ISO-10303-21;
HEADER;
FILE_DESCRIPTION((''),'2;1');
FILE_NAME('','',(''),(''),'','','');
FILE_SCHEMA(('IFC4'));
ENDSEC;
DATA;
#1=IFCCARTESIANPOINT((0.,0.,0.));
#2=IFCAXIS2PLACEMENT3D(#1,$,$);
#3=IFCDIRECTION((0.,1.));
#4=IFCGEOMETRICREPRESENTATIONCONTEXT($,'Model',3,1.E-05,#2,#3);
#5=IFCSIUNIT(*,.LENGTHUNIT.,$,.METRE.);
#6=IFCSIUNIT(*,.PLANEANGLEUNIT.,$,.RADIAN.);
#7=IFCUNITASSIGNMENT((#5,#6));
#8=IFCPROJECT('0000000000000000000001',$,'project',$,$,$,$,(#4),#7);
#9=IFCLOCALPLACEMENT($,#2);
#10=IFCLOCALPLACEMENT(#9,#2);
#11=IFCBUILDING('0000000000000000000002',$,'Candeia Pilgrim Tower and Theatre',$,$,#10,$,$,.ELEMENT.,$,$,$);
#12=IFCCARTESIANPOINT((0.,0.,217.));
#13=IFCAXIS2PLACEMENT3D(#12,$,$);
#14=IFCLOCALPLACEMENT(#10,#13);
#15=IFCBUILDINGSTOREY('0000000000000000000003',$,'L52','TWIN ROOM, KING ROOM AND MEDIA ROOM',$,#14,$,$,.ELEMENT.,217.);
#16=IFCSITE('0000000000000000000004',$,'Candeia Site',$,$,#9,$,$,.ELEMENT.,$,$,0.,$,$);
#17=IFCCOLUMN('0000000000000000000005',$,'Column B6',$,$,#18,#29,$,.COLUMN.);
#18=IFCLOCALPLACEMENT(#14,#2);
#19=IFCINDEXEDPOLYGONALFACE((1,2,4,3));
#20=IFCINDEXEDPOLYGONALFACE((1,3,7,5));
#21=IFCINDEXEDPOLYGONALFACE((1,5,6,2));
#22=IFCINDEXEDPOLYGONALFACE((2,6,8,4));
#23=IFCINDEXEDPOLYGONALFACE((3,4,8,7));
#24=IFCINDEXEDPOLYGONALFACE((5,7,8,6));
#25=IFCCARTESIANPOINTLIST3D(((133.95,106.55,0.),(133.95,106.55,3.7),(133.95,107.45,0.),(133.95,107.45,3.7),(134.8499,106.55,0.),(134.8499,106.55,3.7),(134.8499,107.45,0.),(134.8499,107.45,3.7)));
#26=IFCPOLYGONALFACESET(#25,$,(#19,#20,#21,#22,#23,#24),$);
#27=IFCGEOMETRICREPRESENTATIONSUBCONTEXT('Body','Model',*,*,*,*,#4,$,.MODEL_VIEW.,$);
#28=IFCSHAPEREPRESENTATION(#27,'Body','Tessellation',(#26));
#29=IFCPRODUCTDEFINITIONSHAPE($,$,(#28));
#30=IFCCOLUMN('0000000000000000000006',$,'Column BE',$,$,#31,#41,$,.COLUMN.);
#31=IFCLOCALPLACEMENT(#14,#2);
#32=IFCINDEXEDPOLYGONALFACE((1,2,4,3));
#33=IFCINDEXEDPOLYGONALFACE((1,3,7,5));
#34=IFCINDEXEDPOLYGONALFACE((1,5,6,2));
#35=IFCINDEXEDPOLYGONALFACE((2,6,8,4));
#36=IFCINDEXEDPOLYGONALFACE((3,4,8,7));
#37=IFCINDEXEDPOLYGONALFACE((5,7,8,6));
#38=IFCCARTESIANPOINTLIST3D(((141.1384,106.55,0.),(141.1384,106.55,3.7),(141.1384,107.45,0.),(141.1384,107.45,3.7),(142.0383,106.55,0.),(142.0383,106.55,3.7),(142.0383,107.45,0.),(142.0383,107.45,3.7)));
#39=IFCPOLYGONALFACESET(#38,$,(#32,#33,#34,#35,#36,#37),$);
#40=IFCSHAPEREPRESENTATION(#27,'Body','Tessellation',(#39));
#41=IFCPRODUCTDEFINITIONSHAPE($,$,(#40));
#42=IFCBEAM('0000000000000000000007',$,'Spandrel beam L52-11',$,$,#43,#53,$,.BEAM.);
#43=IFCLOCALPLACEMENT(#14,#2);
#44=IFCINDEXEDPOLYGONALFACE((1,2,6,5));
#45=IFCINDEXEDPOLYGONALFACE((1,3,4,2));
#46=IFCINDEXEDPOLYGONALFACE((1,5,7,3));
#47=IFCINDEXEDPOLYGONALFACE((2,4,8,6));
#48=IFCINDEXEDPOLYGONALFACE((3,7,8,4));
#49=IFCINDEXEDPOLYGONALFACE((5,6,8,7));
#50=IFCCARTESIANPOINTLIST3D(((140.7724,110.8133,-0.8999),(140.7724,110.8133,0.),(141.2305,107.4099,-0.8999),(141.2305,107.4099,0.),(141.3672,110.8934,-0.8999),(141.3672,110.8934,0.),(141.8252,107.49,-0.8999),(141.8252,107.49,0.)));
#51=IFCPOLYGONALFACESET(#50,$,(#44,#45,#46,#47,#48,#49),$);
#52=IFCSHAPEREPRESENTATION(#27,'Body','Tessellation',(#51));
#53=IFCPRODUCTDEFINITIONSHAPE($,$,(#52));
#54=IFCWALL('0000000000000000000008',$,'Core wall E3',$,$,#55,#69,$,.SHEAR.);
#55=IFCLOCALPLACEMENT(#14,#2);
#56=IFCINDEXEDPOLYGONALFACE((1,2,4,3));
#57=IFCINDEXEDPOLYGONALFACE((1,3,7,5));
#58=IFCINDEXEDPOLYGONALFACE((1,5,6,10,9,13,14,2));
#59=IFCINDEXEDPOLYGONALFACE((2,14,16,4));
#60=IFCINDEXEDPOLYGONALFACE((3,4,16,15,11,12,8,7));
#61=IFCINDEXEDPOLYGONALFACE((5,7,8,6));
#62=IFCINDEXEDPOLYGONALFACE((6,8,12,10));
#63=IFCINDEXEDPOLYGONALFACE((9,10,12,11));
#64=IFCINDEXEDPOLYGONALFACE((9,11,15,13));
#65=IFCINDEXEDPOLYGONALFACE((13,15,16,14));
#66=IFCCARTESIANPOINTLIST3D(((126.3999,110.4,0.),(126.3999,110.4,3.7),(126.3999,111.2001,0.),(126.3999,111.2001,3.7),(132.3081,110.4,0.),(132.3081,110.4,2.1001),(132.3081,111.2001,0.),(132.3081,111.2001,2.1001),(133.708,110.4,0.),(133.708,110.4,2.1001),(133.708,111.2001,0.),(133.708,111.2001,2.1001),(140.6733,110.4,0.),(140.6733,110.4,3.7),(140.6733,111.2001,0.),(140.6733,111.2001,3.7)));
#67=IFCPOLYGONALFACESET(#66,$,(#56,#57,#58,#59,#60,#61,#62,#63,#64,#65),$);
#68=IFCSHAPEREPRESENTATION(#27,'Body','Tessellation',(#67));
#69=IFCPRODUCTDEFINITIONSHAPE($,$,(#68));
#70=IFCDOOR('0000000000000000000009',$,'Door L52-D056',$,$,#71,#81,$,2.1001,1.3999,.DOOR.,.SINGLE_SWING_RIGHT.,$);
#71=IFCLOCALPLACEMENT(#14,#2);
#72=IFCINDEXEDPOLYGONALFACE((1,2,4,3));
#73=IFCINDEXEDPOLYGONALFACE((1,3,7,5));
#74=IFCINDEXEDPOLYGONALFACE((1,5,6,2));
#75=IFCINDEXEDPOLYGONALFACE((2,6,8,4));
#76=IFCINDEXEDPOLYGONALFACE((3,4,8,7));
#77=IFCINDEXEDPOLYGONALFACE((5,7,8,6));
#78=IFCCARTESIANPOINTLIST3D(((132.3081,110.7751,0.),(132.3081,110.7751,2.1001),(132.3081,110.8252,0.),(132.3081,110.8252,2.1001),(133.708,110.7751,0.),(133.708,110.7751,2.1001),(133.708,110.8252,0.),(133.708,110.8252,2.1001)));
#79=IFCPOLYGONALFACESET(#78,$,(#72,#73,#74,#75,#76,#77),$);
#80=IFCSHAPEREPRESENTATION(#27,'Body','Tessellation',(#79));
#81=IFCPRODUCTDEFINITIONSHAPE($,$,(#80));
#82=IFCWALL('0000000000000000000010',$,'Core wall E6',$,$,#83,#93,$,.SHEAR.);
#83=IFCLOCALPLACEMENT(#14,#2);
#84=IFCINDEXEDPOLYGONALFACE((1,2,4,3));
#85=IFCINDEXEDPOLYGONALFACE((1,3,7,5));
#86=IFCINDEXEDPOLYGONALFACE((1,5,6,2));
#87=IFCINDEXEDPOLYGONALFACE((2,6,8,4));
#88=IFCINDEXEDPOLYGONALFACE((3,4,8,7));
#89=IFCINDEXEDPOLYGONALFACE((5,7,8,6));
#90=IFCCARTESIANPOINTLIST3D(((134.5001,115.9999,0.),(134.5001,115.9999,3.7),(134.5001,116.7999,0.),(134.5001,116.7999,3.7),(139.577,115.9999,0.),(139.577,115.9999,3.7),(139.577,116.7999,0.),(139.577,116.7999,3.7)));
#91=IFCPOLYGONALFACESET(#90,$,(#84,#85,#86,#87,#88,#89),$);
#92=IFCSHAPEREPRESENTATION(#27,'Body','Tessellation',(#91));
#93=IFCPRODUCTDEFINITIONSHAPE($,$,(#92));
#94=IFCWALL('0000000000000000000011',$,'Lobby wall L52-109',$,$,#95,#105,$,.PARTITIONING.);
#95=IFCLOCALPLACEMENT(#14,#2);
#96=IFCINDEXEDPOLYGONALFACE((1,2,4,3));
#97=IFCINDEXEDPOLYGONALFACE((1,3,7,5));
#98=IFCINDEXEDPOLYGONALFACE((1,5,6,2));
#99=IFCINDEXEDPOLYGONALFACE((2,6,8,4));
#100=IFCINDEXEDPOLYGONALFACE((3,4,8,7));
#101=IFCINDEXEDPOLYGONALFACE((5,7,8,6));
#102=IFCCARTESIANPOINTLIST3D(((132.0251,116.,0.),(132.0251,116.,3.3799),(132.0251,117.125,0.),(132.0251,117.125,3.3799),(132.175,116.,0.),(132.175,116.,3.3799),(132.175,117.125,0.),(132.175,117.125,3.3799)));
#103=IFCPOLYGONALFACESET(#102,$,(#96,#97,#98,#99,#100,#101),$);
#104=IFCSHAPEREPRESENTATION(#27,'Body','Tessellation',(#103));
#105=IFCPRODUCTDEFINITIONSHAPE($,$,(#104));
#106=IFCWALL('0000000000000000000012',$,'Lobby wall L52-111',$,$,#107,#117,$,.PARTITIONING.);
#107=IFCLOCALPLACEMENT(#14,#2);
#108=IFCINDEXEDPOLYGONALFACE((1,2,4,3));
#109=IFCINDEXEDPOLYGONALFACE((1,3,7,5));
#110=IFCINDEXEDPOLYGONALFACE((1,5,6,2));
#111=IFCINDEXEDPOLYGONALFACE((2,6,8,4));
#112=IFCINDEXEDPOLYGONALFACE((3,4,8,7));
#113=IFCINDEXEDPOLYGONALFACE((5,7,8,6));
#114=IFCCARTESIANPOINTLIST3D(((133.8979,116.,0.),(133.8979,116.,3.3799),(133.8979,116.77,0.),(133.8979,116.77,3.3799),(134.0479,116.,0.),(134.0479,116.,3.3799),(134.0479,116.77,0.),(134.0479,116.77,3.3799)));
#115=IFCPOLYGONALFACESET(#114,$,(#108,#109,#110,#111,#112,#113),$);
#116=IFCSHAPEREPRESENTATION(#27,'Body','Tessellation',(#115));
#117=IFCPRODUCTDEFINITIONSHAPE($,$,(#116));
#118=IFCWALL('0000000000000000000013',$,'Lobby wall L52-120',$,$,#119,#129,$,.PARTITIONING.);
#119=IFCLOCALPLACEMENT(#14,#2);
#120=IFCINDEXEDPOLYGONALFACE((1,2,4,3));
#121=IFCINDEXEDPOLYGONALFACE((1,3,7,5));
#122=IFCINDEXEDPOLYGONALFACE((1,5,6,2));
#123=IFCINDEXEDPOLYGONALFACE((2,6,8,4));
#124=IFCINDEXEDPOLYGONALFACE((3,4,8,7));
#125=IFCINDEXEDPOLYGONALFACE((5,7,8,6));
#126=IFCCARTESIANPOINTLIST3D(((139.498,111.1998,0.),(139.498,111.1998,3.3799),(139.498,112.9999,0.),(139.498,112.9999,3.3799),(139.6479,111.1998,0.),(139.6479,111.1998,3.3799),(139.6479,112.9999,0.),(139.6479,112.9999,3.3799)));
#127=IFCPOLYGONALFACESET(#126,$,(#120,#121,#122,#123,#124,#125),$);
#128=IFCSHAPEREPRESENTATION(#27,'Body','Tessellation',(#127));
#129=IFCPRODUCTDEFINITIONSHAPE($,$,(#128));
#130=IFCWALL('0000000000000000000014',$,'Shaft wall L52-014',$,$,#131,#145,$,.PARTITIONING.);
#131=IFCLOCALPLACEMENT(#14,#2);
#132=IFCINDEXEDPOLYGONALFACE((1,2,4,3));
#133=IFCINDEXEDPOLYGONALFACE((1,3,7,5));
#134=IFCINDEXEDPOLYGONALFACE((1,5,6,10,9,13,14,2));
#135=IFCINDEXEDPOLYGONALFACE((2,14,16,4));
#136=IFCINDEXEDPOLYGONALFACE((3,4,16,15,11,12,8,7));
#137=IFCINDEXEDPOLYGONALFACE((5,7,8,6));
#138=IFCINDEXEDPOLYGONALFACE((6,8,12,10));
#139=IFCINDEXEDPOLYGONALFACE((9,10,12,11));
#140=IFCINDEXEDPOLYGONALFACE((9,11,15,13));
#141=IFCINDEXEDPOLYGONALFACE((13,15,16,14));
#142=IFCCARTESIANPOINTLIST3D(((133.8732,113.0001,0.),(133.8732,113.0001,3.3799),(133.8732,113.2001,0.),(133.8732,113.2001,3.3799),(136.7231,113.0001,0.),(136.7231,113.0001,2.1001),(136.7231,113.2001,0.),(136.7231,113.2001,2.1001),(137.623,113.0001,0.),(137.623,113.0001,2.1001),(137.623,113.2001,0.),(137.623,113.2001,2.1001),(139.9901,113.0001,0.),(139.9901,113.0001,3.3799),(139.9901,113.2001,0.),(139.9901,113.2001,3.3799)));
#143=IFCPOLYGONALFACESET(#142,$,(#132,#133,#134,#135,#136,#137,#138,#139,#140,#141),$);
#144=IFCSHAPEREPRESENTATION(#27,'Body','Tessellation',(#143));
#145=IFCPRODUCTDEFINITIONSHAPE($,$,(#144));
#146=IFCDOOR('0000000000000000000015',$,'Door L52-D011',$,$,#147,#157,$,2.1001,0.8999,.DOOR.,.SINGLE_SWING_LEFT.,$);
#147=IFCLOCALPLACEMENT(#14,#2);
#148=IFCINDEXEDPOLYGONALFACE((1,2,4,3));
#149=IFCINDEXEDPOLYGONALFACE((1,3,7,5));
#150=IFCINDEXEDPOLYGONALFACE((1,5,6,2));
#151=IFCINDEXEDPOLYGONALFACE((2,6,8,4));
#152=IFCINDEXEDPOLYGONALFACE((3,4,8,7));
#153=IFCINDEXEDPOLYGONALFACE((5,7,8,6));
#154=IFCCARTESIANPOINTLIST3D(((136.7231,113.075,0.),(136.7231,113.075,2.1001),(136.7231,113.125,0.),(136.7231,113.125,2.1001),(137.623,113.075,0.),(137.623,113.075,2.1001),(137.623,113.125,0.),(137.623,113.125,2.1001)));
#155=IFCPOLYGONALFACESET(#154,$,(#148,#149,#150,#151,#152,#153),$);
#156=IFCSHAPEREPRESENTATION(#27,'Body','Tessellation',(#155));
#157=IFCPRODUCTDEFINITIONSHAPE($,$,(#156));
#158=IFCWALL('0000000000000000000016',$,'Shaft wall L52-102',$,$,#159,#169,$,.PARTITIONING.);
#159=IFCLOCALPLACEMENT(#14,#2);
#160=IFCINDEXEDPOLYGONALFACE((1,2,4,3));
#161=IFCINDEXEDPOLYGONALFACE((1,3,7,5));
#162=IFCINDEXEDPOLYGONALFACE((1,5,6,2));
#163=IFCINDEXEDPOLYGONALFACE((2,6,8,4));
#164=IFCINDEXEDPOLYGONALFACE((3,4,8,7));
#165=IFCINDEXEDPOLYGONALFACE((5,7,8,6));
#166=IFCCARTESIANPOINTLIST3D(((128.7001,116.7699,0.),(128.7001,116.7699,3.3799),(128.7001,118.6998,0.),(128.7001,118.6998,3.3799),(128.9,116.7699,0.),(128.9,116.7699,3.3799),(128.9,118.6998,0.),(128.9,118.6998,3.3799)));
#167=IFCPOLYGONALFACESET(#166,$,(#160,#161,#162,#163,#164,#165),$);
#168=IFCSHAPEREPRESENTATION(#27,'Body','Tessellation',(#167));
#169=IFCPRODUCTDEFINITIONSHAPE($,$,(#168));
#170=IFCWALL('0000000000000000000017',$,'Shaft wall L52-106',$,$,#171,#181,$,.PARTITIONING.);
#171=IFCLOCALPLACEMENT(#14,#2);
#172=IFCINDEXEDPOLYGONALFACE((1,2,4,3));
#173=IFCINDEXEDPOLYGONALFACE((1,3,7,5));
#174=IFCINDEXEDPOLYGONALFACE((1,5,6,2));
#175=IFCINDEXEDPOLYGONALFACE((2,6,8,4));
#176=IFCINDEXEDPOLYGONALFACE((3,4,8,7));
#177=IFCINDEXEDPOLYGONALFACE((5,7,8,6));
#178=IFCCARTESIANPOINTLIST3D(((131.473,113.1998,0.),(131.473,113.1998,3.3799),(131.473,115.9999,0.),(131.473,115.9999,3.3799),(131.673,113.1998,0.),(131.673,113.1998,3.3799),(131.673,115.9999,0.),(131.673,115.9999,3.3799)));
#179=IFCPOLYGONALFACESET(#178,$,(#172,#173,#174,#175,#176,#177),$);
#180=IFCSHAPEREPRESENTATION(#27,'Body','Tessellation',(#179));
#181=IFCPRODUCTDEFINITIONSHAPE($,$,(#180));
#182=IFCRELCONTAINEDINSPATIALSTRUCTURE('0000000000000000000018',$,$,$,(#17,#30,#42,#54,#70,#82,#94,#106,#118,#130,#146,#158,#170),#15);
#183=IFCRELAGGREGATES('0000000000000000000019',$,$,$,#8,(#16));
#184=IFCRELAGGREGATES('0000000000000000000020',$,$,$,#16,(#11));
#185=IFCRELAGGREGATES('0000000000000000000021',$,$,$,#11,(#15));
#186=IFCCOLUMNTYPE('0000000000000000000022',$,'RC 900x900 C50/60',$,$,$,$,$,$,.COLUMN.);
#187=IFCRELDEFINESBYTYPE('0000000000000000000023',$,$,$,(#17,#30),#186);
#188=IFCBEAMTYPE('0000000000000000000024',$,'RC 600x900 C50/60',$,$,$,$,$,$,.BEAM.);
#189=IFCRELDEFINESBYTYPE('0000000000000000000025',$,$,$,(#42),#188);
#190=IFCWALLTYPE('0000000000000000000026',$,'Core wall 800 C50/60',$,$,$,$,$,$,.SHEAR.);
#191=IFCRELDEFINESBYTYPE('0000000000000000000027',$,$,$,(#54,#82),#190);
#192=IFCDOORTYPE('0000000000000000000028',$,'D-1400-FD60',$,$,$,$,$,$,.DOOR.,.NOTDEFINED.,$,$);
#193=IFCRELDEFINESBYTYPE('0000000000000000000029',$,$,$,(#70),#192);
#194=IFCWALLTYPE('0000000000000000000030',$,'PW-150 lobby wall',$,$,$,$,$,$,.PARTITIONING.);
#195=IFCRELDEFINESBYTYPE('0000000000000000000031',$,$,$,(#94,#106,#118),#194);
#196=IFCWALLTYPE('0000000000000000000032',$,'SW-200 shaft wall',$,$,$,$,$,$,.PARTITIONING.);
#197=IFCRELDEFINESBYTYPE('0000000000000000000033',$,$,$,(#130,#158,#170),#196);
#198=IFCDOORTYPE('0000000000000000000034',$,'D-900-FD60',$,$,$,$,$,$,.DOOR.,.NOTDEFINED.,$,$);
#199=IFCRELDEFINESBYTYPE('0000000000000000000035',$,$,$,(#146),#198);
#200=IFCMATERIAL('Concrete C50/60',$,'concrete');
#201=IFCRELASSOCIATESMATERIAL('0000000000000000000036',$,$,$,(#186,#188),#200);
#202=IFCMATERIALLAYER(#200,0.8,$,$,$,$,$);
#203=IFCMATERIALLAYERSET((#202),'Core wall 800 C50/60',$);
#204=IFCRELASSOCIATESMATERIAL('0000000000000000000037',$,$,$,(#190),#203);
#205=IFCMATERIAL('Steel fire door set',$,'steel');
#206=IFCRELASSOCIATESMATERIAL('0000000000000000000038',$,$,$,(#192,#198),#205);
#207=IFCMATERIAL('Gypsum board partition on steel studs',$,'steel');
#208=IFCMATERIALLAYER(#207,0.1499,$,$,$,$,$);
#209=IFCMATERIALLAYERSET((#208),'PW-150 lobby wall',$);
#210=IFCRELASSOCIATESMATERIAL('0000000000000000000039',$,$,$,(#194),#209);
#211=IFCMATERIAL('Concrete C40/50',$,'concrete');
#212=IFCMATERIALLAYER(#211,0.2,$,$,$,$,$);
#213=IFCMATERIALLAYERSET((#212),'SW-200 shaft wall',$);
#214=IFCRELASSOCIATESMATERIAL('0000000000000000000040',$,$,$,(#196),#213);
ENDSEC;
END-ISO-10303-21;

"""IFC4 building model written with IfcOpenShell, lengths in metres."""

from ifc_helpers import new_model, si_unit, direction, frame, frame_2d, origin, origin_2d, place, context, subcontext, project, spatial, rectangle, extrude, material, layer, layer_set, material_profile, profile_set, type_object, element, fill, save


model = new_model("IFC4")

# Units and contexts
model_context = context("Model", 3, precision=1e-05, world=origin(), true_north=direction((0.0, 1.0)))
body_context = subcontext(model_context, "Body", "Model", "MODEL_VIEW")
ifc_project = project(units=[si_unit("LENGTHUNIT", "METRE"), si_unit("PLANEANGLEUNIT", "RADIAN")], contexts=[model_context])

# Site, building, storey
site_placement = place(None, origin())
site = spatial("IfcSite", under=ifc_project, at=site_placement, Name="Candeia Site", CompositionType="ELEMENT", RefElevation=0.0)
building_placement = place(site_placement, origin())
building = spatial("IfcBuilding", under=site, at=building_placement, Name="Candeia Pilgrim Tower and Theatre", CompositionType="ELEMENT")
storey_placement = place(building_placement, frame((0.0, 0.0, 217.0)))
storey = spatial("IfcBuildingStorey", under=building, at=storey_placement, Name="L52", Description="TWIN ROOM, KING ROOM AND MEDIA ROOM", CompositionType="ELEMENT", Elevation=217.0)

# Columns
ifc_material_1 = material(Name="Concrete C50/60", Category="concrete")
ifc_material_profile_1 = material_profile(ifc_material_1, rectangle(XDim=0.8999, YDim=0.8999, at=origin_2d()))
ifc_profile_set_1 = profile_set([ifc_material_profile_1], Name="Concrete C50/60")
column_type = type_object("IfcColumnType", Name="RC 900x900 C50/60", PredefinedType="COLUMN", material=ifc_profile_set_1)
for number, where, z_axis, x_axis, name in (
    (1, (134.3999, 107.0, 0.0), (0.0, 0.0, 1.0), (1.0, 0.0, 0.0), "Column B6"),
    (2, (141.5884, 107.0, 0.0), (0.0, 0.0, 1.0), (1.0, 0.0, 0.0), "Column BE"),
):
    element("IfcColumn", number, at=place(storey_placement, frame(where, z_axis=z_axis, x_axis=x_axis)), inside=storey, type_object=column_type, Name=name, PredefinedType="COLUMN", context=body_context, shape_type="SweptSolid", body=[
        extrude(rectangle(XDim=0.8999, YDim=0.8999, at=origin_2d()), origin(), (0.0, 0.0, 1.0), 3.7),
    ])

# Beam
ifc_material_profile_2 = material_profile(ifc_material_1, rectangle(XDim=0.6001, YDim=0.8999, at=origin_2d()))
ifc_profile_set_2 = profile_set([ifc_material_profile_2], Name="Concrete C50/60")
beam_type = type_object("IfcBeamType", Name="RC 600x900 C50/60", PredefinedType="BEAM", material=ifc_profile_set_2)
beam_placement = place(storey_placement, frame((141.5278, 107.45, -0.45), z_axis=(-0.133374, 0.991066, 0.0), x_axis=(-0.991066, -0.133374, 0.0)))
element("IfcBeam", 3, at=beam_placement, inside=storey, type_object=beam_type, Name="Spandrel beam L52-11", PredefinedType="BEAM", context=body_context, shape_type="SweptSolid", body=[
    extrude(rectangle(XDim=0.6001, YDim=0.8999, at=origin_2d()), origin(), (0.0, 0.0, 1.0), 3.4341),
])

# Wall, opening, door
ifc_layer_1 = layer(ifc_material_1, 0.8)
ifc_layer_set_1 = layer_set([ifc_layer_1], Name="Core wall 800 C50/60")
wall_type_1 = type_object("IfcWallType", Name="Core wall 800 C50/60", PredefinedType="SHEAR", material=ifc_layer_set_1)
wall_1_placement = place(storey_placement, frame((140.6733, 110.8, 0.0), z_axis=(0.0, 0.0, 1.0), x_axis=(-1.0, 0.0, 0.0)))
wall_1 = element("IfcWall", 4, at=wall_1_placement, inside=storey, type_object=wall_type_1, Name="Core wall E3", PredefinedType="SHEAR", context=body_context, shape_type="SweptSolid", body=[
    extrude(rectangle(XDim=14.2734, YDim=0.8, at=frame_2d((7.1367, 0.0))), origin(), (0.0, 0.0, 1.0), 3.7),
])
opening_1_placement = place(wall_1_placement, frame((6.9653, 0.0, 0.0)))
opening_1 = element("IfcOpeningElement", 5, at=opening_1_placement, cuts=wall_1, PredefinedType="OPENING", context=body_context, shape_type="SweptSolid", body=[
    extrude(rectangle(XDim=1.3999, YDim=2.1001, at=frame_2d((0.7, 1.05))), frame((0.0, 0.4102, 0.0), z_axis=(0.0, -1.0, 0.0), x_axis=(1.0, 0.0, 0.0)), (0.0, 0.0, 1.0), 0.8201),
])
ifc_material_2 = material(Name="Steel fire door set", Category="steel")
door_type_1 = type_object("IfcDoorType", Name="D-1400-FD60", OperationType="NOTDEFINED", PredefinedType="DOOR", material=ifc_material_2)
door_1_placement = place(opening_1_placement, origin())
door_1 = element("IfcDoor", 6, at=door_1_placement, inside=storey, type_object=door_type_1, Name="Door L52-D056", OperationType="SINGLE_SWING_RIGHT", OverallHeight=2.1001, OverallWidth=1.3999, PredefinedType="DOOR", context=body_context, shape_type="SweptSolid", body=[
    extrude(rectangle(XDim=1.3999, YDim=2.1001, at=frame_2d((0.7, 1.05))), frame((0.0, 0.0249, 0.0), z_axis=(0.0, -1.0, 0.0), x_axis=(1.0, 0.0, 0.0)), (0.0, 0.0, 1.0), 0.05),
])
fill(opening_1, door_1)

# Walls
wall_2_placement = place(storey_placement, frame((134.5, 116.3999, 0.0), z_axis=(0.0, 0.0, 1.0), x_axis=(1.0, 0.0, 0.0)))
element("IfcWall", 7, at=wall_2_placement, inside=storey, type_object=wall_type_1, Name="Core wall E6", PredefinedType="SHEAR", context=body_context, shape_type="SweptSolid", body=[
    extrude(rectangle(XDim=5.0769, YDim=0.8, at=frame_2d((2.5386, 0.0))), origin(), (0.0, 0.0, 1.0), 3.7),
])
ifc_material_3 = material(Name="Gypsum board partition on steel studs", Category="steel")
ifc_layer_2 = layer(ifc_material_3, 0.1499)
ifc_layer_set_2 = layer_set([ifc_layer_2], Name="PW-150 lobby wall")
wall_type_2 = type_object("IfcWallType", Name="PW-150 lobby wall", PredefinedType="PARTITIONING", material=ifc_layer_set_2)
wall_3_placement = place(storey_placement, frame((132.1001, 116.0, 0.0), z_axis=(0.0, 0.0, 1.0), x_axis=(0.0, 1.0, 0.0)))
element("IfcWall", 8, at=wall_3_placement, inside=storey, type_object=wall_type_2, Name="Lobby wall L52-109", PredefinedType="PARTITIONING", context=body_context, shape_type="SweptSolid", body=[
    extrude(rectangle(XDim=1.125, YDim=0.1499, at=frame_2d((0.5625, 0.0))), origin(), (0.0, 0.0, 1.0), 3.3799),
])
wall_4_placement = place(storey_placement, frame((133.9729, 116.0, 0.0), z_axis=(0.0, 0.0, 1.0), x_axis=(0.0, 1.0, 0.0)))
element("IfcWall", 9, at=wall_4_placement, inside=storey, type_object=wall_type_2, Name="Lobby wall L52-111", PredefinedType="PARTITIONING", context=body_context, shape_type="SweptSolid", body=[
    extrude(rectangle(XDim=0.77, YDim=0.1499, at=frame_2d((0.385, 0.0))), origin(), (0.0, 0.0, 1.0), 3.3799),
])
wall_5_placement = place(storey_placement, frame((139.573, 111.2, 0.0), z_axis=(0.0, 0.0, 1.0), x_axis=(0.0, 1.0, 0.0)))
element("IfcWall", 10, at=wall_5_placement, inside=storey, type_object=wall_type_2, Name="Lobby wall L52-120", PredefinedType="PARTITIONING", context=body_context, shape_type="SweptSolid", body=[
    extrude(rectangle(XDim=1.8, YDim=0.1499, at=frame_2d((0.8999, 0.0))), origin(), (0.0, 0.0, 1.0), 3.3799),
])

# Wall, opening, door
ifc_material_4 = material(Name="Concrete C40/50", Category="concrete")
ifc_layer_3 = layer(ifc_material_4, 0.2)
ifc_layer_set_3 = layer_set([ifc_layer_3], Name="SW-200 shaft wall")
wall_type_3 = type_object("IfcWallType", Name="SW-200 shaft wall", PredefinedType="PARTITIONING", material=ifc_layer_set_3)
wall_6_placement = place(storey_placement, frame((133.873, 113.1001, 0.0), z_axis=(0.0, 0.0, 1.0), x_axis=(1.0, 0.0, 0.0)))
wall_6 = element("IfcWall", 11, at=wall_6_placement, inside=storey, type_object=wall_type_3, Name="Shaft wall L52-014", PredefinedType="PARTITIONING", context=body_context, shape_type="SweptSolid", body=[
    extrude(rectangle(XDim=6.1169, YDim=0.2, at=frame_2d((3.0586, 0.0))), origin(), (0.0, 0.0, 1.0), 3.3799),
])
opening_2_placement = place(wall_6_placement, frame((2.8501, 0.0, 0.0)))
opening_2 = element("IfcOpeningElement", 12, at=opening_2_placement, cuts=wall_6, PredefinedType="OPENING", context=body_context, shape_type="SweptSolid", body=[
    extrude(rectangle(XDim=0.8999, YDim=2.1001, at=frame_2d((0.45, 1.05))), frame((0.0, 0.1099, 0.0), z_axis=(0.0, -1.0, 0.0), x_axis=(1.0, 0.0, 0.0)), (0.0, 0.0, 1.0), 0.22),
])
door_type_2 = type_object("IfcDoorType", Name="D-900-FD60", OperationType="NOTDEFINED", PredefinedType="DOOR", material=ifc_material_2)
door_2_placement = place(opening_2_placement, origin())
door_2 = element("IfcDoor", 13, at=door_2_placement, inside=storey, type_object=door_type_2, Name="Door L52-D011", OperationType="SINGLE_SWING_LEFT", OverallHeight=2.1001, OverallWidth=0.8999, PredefinedType="DOOR", context=body_context, shape_type="SweptSolid", body=[
    extrude(rectangle(XDim=0.8999, YDim=2.1001, at=frame_2d((0.45, 1.05))), frame((0.0, 0.0249, 0.0), z_axis=(0.0, -1.0, 0.0), x_axis=(1.0, 0.0, 0.0)), (0.0, 0.0, 1.0), 0.05),
])
fill(opening_2, door_2)

# Walls
wall_7_placement = place(storey_placement, frame((128.8, 116.77, 0.0), z_axis=(0.0, 0.0, 1.0), x_axis=(0.0, 1.0, 0.0)))
element("IfcWall", 14, at=wall_7_placement, inside=storey, type_object=wall_type_3, Name="Shaft wall L52-102", PredefinedType="PARTITIONING", context=body_context, shape_type="SweptSolid", body=[
    extrude(rectangle(XDim=1.9299, YDim=0.2, at=frame_2d((0.9648, 0.0))), origin(), (0.0, 0.0, 1.0), 3.3799),
])
wall_8_placement = place(storey_placement, frame((131.573, 113.2, 0.0), z_axis=(0.0, 0.0, 1.0), x_axis=(0.0, 1.0, 0.0)))
element("IfcWall", 15, at=wall_8_placement, inside=storey, type_object=wall_type_3, Name="Shaft wall L52-106", PredefinedType="PARTITIONING", context=body_context, shape_type="SweptSolid", body=[
    extrude(rectangle(XDim=2.8, YDim=0.2, at=frame_2d((1.3999, 0.0))), origin(), (0.0, 0.0, 1.0), 3.3799),
])

save(model, "model.ifc")
